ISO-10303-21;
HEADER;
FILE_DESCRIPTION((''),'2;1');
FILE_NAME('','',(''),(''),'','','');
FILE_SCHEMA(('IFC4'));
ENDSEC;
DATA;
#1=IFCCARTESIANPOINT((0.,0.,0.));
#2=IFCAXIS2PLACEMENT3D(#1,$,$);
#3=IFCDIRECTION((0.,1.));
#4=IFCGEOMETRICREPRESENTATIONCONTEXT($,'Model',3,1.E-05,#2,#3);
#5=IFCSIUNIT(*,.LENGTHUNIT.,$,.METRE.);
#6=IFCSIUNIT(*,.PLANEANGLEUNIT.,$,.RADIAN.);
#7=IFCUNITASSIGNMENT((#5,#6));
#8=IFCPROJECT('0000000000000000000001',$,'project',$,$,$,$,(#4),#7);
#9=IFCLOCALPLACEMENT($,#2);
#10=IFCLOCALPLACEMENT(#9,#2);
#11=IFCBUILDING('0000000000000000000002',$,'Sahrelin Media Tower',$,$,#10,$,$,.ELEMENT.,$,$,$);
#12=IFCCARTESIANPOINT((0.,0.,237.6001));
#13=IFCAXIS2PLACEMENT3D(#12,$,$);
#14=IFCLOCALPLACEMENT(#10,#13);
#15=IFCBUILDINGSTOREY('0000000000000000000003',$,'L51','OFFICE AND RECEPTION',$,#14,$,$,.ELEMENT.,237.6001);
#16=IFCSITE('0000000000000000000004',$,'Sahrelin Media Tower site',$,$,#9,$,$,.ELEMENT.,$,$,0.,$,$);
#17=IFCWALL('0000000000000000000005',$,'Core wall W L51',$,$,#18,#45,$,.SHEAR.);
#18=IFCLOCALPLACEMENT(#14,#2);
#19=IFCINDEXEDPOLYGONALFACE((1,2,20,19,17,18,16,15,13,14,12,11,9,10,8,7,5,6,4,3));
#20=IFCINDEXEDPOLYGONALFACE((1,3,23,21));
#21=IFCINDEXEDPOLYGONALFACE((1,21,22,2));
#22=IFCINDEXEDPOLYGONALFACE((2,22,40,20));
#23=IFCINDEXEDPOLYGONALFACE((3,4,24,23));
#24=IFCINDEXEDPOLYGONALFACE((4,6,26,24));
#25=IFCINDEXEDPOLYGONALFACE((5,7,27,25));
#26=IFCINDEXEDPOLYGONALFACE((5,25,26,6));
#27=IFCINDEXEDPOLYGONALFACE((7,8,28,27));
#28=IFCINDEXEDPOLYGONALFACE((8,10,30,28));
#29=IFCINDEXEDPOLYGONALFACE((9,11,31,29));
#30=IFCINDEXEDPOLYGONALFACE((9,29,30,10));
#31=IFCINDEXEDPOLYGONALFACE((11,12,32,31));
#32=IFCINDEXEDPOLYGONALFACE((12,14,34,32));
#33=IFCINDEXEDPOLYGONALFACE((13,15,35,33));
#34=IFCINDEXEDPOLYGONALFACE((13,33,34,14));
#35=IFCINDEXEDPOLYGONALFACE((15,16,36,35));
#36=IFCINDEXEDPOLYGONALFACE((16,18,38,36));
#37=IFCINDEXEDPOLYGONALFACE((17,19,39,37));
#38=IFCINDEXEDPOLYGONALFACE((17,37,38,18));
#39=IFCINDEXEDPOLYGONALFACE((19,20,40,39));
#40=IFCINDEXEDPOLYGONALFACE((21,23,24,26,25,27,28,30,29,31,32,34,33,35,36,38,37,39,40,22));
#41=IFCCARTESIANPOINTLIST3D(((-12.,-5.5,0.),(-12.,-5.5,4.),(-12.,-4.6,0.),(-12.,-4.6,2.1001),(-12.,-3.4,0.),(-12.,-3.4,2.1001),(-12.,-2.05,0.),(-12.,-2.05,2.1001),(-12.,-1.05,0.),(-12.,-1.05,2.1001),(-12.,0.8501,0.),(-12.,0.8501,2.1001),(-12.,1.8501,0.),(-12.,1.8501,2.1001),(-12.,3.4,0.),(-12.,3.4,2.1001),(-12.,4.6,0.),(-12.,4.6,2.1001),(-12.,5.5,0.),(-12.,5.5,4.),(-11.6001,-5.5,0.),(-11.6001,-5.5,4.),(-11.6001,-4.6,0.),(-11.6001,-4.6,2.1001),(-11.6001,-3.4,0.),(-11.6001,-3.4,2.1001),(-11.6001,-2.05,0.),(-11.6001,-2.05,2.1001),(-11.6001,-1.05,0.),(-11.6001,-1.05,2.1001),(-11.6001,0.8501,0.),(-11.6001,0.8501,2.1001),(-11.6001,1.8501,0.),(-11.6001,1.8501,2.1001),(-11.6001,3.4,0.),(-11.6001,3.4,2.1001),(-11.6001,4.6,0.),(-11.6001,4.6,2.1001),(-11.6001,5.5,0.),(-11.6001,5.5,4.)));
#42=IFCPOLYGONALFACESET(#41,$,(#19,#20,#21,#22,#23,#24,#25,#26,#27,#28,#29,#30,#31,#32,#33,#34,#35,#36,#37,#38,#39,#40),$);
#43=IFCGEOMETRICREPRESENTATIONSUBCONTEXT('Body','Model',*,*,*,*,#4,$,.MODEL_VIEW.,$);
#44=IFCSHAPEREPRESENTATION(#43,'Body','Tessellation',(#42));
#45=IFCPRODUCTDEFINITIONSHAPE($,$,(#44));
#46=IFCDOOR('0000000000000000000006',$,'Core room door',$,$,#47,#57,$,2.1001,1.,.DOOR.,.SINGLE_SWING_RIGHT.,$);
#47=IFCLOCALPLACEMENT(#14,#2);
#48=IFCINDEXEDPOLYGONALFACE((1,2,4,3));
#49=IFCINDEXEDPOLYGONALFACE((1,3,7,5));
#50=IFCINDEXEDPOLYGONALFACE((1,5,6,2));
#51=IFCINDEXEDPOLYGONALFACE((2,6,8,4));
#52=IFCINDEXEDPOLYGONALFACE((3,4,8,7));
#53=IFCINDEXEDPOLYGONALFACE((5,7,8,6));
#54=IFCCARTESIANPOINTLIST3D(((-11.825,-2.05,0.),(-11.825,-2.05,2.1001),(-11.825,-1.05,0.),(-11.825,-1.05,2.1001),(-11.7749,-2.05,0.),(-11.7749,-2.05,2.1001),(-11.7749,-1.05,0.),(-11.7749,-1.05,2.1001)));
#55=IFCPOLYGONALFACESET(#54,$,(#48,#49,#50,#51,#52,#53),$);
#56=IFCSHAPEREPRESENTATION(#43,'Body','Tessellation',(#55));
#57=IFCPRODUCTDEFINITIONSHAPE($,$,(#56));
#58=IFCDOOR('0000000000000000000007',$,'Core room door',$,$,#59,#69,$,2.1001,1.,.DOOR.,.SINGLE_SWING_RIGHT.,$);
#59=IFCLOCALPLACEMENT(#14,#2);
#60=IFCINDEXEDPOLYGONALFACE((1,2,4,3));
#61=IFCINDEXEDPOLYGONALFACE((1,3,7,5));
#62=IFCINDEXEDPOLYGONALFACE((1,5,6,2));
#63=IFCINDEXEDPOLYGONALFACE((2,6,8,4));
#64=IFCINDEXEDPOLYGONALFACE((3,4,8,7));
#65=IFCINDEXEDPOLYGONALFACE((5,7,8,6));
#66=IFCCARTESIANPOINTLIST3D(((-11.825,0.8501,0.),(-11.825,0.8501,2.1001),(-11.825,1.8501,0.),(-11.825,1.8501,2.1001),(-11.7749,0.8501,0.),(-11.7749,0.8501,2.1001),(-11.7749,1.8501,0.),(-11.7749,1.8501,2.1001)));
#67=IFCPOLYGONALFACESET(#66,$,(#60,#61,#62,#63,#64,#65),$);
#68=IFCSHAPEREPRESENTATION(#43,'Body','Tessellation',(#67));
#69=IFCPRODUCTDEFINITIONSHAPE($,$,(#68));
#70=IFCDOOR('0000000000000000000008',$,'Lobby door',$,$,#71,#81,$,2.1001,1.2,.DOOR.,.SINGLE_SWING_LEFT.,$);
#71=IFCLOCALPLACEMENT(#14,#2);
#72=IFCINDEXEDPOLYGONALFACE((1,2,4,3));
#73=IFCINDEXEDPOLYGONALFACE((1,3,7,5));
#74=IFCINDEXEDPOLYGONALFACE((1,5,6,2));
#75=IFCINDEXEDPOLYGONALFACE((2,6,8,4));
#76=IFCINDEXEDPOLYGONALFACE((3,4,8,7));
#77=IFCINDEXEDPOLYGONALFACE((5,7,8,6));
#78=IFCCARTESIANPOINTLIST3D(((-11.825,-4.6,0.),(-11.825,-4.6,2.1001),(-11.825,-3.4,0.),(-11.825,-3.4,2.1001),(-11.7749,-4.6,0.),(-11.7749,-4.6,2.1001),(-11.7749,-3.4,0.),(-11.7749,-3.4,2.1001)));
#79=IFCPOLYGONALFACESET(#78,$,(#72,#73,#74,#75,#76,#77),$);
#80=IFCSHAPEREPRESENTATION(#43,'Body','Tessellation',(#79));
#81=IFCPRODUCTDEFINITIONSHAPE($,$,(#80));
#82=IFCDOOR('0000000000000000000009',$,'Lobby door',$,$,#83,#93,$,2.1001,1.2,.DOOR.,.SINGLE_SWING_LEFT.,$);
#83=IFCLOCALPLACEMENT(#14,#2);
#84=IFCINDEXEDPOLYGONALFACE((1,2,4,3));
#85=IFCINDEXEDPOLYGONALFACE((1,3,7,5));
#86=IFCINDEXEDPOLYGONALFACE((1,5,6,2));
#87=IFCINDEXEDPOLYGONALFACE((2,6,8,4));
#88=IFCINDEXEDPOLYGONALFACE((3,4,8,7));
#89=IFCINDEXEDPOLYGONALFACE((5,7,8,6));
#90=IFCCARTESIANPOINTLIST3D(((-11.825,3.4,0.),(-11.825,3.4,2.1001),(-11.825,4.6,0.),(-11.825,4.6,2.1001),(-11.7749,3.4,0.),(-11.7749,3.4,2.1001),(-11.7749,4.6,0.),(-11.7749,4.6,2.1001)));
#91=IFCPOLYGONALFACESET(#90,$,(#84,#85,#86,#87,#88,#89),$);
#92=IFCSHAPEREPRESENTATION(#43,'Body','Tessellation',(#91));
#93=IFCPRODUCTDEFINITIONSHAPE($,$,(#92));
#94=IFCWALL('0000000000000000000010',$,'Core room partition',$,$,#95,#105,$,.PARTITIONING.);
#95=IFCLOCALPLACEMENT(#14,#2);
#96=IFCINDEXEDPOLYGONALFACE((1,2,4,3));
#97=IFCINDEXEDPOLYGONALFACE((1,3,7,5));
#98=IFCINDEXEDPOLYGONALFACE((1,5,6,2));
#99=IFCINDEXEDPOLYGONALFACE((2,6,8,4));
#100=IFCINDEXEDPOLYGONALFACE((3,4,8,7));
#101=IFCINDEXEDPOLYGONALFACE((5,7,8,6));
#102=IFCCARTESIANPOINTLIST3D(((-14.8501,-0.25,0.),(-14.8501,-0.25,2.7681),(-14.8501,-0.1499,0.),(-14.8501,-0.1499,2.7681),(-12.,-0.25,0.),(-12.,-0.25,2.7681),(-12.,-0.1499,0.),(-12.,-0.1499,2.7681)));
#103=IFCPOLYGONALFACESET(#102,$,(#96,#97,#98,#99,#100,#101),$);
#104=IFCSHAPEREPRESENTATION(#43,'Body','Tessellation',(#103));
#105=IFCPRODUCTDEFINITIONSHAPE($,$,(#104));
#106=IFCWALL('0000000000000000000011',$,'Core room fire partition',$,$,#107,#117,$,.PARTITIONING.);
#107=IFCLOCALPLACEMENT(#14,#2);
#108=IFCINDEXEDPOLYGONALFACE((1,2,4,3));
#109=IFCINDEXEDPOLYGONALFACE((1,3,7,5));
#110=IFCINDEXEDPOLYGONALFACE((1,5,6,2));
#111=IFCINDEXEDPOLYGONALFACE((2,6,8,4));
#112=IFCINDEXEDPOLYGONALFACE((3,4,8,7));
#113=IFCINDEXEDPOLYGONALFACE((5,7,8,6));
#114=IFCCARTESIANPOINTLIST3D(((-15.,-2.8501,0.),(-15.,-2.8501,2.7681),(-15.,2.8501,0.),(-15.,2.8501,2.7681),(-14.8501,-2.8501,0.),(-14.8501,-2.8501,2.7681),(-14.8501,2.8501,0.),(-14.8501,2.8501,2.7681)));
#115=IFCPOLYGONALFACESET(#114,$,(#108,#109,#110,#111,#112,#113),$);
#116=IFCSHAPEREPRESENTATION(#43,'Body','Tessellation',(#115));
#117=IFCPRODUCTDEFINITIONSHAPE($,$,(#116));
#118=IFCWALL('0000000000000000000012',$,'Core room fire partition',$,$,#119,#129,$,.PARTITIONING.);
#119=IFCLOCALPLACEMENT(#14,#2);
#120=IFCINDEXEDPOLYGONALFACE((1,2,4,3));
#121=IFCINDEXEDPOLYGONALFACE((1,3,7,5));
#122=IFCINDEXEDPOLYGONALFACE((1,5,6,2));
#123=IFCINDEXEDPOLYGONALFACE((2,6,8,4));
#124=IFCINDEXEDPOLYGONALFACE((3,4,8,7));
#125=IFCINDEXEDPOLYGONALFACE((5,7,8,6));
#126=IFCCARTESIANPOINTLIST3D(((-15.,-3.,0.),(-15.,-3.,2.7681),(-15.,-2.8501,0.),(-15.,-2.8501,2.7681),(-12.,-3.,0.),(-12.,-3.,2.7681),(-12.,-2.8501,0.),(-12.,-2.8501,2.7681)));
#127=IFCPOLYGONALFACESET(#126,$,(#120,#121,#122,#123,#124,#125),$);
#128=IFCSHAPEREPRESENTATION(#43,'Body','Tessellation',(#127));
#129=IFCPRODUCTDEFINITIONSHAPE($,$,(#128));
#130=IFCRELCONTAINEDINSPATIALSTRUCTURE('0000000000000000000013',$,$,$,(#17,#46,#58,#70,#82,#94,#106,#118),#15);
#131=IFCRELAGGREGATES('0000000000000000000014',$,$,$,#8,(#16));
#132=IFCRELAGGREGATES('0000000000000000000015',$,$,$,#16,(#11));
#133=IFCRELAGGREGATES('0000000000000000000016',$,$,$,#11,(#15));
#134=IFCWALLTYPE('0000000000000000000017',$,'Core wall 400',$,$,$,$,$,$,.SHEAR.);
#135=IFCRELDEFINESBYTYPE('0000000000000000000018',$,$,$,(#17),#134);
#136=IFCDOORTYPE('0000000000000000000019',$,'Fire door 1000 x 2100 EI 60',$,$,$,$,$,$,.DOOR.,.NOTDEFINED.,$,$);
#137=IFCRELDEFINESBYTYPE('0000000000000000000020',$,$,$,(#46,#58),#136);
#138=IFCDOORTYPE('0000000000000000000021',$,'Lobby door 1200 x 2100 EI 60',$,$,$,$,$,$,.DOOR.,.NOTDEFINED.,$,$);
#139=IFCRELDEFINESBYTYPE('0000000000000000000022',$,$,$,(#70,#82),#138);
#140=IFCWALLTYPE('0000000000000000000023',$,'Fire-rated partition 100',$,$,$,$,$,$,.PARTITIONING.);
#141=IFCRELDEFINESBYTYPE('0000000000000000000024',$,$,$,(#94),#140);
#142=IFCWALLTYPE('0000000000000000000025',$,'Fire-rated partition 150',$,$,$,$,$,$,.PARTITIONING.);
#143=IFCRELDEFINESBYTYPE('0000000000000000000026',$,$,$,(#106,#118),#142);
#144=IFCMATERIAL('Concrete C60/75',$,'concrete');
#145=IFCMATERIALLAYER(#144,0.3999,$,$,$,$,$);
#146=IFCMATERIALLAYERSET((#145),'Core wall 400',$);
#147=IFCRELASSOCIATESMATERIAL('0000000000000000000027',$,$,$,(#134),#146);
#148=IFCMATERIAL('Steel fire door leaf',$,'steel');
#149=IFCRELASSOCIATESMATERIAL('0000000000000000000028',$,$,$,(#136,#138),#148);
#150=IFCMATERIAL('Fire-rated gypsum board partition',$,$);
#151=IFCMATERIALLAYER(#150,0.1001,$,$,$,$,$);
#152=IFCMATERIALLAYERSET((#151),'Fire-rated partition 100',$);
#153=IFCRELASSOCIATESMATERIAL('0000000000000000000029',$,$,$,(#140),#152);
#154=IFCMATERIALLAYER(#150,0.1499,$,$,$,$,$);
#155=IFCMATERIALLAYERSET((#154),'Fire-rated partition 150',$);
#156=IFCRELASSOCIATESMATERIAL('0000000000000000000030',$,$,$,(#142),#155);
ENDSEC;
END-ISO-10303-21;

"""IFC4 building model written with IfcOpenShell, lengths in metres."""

from ifc_helpers import new_model, si_unit, direction, frame, frame_2d, origin, place, context, subcontext, project, spatial, rectangle, extrude, material, layer, layer_set, type_object, element, fill, save


model = new_model("IFC4")

# Units and contexts
model_context = context("Model", 3, precision=1e-05, world=origin(), true_north=direction((0.0, 1.0)))
body_context = subcontext(model_context, "Body", "Model", "MODEL_VIEW")
ifc_project = project(units=[si_unit("LENGTHUNIT", "METRE"), si_unit("PLANEANGLEUNIT", "RADIAN")], contexts=[model_context])

# Site, building, storey
site_placement = place(None, origin())
site = spatial("IfcSite", under=ifc_project, at=site_placement, Name="Sahrelin Media Tower site", CompositionType="ELEMENT", RefElevation=0.0)
building_placement = place(site_placement, origin())
building = spatial("IfcBuilding", under=site, at=building_placement, Name="Sahrelin Media Tower", CompositionType="ELEMENT")
storey_placement = place(building_placement, frame((0.0, 0.0, 237.6001)))
storey = spatial("IfcBuildingStorey", under=building, at=storey_placement, Name="L51", Description="OFFICE AND RECEPTION", CompositionType="ELEMENT", Elevation=237.6001)

# Wall, openings, doors
ifc_material_1 = material(Name="Concrete C60/75", Category="concrete")
ifc_layer_1 = layer(ifc_material_1, 0.3999)
ifc_layer_set_1 = layer_set([ifc_layer_1], Name="Core wall 400")
wall_type_1 = type_object("IfcWallType", Name="Core wall 400", PredefinedType="SHEAR", material=ifc_layer_set_1)
wall_1_placement = place(storey_placement, frame((-11.8, -5.5, 0.0), z_axis=(0.0, 0.0, 1.0), x_axis=(0.0, 1.0, 0.0)))
wall_1 = element("IfcWall", 1, at=wall_1_placement, inside=storey, type_object=wall_type_1, Name="Core wall W L51", PredefinedType="SHEAR", context=body_context, shape_type="SweptSolid", body=[
    extrude(rectangle(XDim=11.0, YDim=0.3999, at=frame_2d((5.5, 0.0))), origin(), (0.0, 0.0, 1.0), 4.0),
])
opening_1_placement = place(wall_1_placement, frame((3.45, 0.0, 0.0)))
opening_1 = element("IfcOpeningElement", 2, at=opening_1_placement, cuts=wall_1, PredefinedType="OPENING", context=body_context, shape_type="SweptSolid", body=[
    extrude(rectangle(XDim=1.0, YDim=2.1001, at=frame_2d((0.5, 1.05))), frame((0.0, 0.2, 0.0), z_axis=(0.0, -1.0, 0.0), x_axis=(1.0, 0.0, 0.0)), (0.0, 0.0, 1.0), 0.3999),
])
opening_2_placement = place(wall_1_placement, frame((6.3501, 0.0, 0.0)))
opening_2 = element("IfcOpeningElement", 3, at=opening_2_placement, cuts=wall_1, PredefinedType="OPENING", context=body_context, shape_type="SweptSolid", body=[
    extrude(rectangle(XDim=1.0, YDim=2.1001, at=frame_2d((0.5, 1.05))), frame((0.0, 0.2, 0.0), z_axis=(0.0, -1.0, 0.0), x_axis=(1.0, 0.0, 0.0)), (0.0, 0.0, 1.0), 0.3999),
])
opening_3_placement = place(wall_1_placement, frame((0.8999, 0.0, 0.0)))
opening_3 = element("IfcOpeningElement", 4, at=opening_3_placement, cuts=wall_1, PredefinedType="OPENING", context=body_context, shape_type="SweptSolid", body=[
    extrude(rectangle(XDim=1.2, YDim=2.1001, at=frame_2d((0.6001, 1.05))), frame((0.0, 0.2, 0.0), z_axis=(0.0, -1.0, 0.0), x_axis=(1.0, 0.0, 0.0)), (0.0, 0.0, 1.0), 0.3999),
])
opening_4_placement = place(wall_1_placement, frame((8.8999, 0.0, 0.0)))
opening_4 = element("IfcOpeningElement", 5, at=opening_4_placement, cuts=wall_1, PredefinedType="OPENING", context=body_context, shape_type="SweptSolid", body=[
    extrude(rectangle(XDim=1.2, YDim=2.1001, at=frame_2d((0.6001, 1.05))), frame((0.0, 0.2, 0.0), z_axis=(0.0, -1.0, 0.0), x_axis=(1.0, 0.0, 0.0)), (0.0, 0.0, 1.0), 0.3999),
])
ifc_material_2 = material(Name="Steel fire door leaf", Category="steel")
door_type_1 = type_object("IfcDoorType", Name="Fire door 1000 x 2100 EI 60", OperationType="NOTDEFINED", PredefinedType="DOOR", material=ifc_material_2)
door_1_placement = place(opening_1_placement, origin())
door_1 = element("IfcDoor", 6, at=door_1_placement, inside=storey, type_object=door_type_1, Name="Core room door", OperationType="SINGLE_SWING_RIGHT", OverallHeight=2.1001, OverallWidth=1.0, PredefinedType="DOOR", context=body_context, shape_type="SweptSolid", body=[
    extrude(rectangle(XDim=1.0, YDim=2.1001, at=frame_2d((0.5, 1.05))), frame((0.0, 0.0249, 0.0), z_axis=(0.0, -1.0, 0.0), x_axis=(1.0, 0.0, 0.0)), (0.0, 0.0, 1.0), 0.05),
])
fill(opening_1, door_1)
door_2_placement = place(opening_2_placement, origin())
door_2 = element("IfcDoor", 7, at=door_2_placement, inside=storey, type_object=door_type_1, Name="Core room door", OperationType="SINGLE_SWING_RIGHT", OverallHeight=2.1001, OverallWidth=1.0, PredefinedType="DOOR", context=body_context, shape_type="SweptSolid", body=[
    extrude(rectangle(XDim=1.0, YDim=2.1001, at=frame_2d((0.5, 1.05))), frame((0.0, 0.0249, 0.0), z_axis=(0.0, -1.0, 0.0), x_axis=(1.0, 0.0, 0.0)), (0.0, 0.0, 1.0), 0.05),
])
fill(opening_2, door_2)
door_type_2 = type_object("IfcDoorType", Name="Lobby door 1200 x 2100 EI 60", OperationType="NOTDEFINED", PredefinedType="DOOR", material=ifc_material_2)
door_3_placement = place(opening_3_placement, origin())
door_3 = element("IfcDoor", 8, at=door_3_placement, inside=storey, type_object=door_type_2, Name="Lobby door", OperationType="SINGLE_SWING_LEFT", OverallHeight=2.1001, OverallWidth=1.2, PredefinedType="DOOR", context=body_context, shape_type="SweptSolid", body=[
    extrude(rectangle(XDim=1.2, YDim=2.1001, at=frame_2d((0.6001, 1.05))), frame((0.0, 0.0249, 0.0), z_axis=(0.0, -1.0, 0.0), x_axis=(1.0, 0.0, 0.0)), (0.0, 0.0, 1.0), 0.05),
])
fill(opening_3, door_3)
door_4_placement = place(opening_4_placement, origin())
door_4 = element("IfcDoor", 9, at=door_4_placement, inside=storey, type_object=door_type_2, Name="Lobby door", OperationType="SINGLE_SWING_LEFT", OverallHeight=2.1001, OverallWidth=1.2, PredefinedType="DOOR", context=body_context, shape_type="SweptSolid", body=[
    extrude(rectangle(XDim=1.2, YDim=2.1001, at=frame_2d((0.6001, 1.05))), frame((0.0, 0.0249, 0.0), z_axis=(0.0, -1.0, 0.0), x_axis=(1.0, 0.0, 0.0)), (0.0, 0.0, 1.0), 0.05),
])
fill(opening_4, door_4)

# Walls
ifc_material_3 = material(Name="Fire-rated gypsum board partition")
ifc_layer_2 = layer(ifc_material_3, 0.1001)
ifc_layer_set_2 = layer_set([ifc_layer_2], Name="Fire-rated partition 100")
wall_type_2 = type_object("IfcWallType", Name="Fire-rated partition 100", PredefinedType="PARTITIONING", material=ifc_layer_set_2)
wall_2_placement = place(storey_placement, frame((-14.8501, -0.2, 0.0), z_axis=(0.0, 0.0, 1.0), x_axis=(1.0, 0.0, 0.0)))
element("IfcWall", 10, at=wall_2_placement, inside=storey, type_object=wall_type_2, Name="Core room partition", PredefinedType="PARTITIONING", context=body_context, shape_type="SweptSolid", body=[
    extrude(rectangle(XDim=2.8501, YDim=0.1001, at=frame_2d((1.425, 0.0))), origin(), (0.0, 0.0, 1.0), 2.7681),
])
ifc_layer_3 = layer(ifc_material_3, 0.1499)
ifc_layer_set_3 = layer_set([ifc_layer_3], Name="Fire-rated partition 150")
wall_type_3 = type_object("IfcWallType", Name="Fire-rated partition 150", PredefinedType="PARTITIONING", material=ifc_layer_set_3)
wall_3_placement = place(storey_placement, frame((-14.925, -2.8501, 0.0), z_axis=(0.0, 0.0, 1.0), x_axis=(0.0, 1.0, 0.0)))
element("IfcWall", 11, at=wall_3_placement, inside=storey, type_object=wall_type_3, Name="Core room fire partition", PredefinedType="PARTITIONING", context=body_context, shape_type="SweptSolid", body=[
    extrude(rectangle(XDim=5.7002, YDim=0.1499, at=frame_2d((2.8501, 0.0))), origin(), (0.0, 0.0, 1.0), 2.7681),
])
wall_4_placement = place(storey_placement, frame((-15.0, -2.925, 0.0), z_axis=(0.0, 0.0, 1.0), x_axis=(1.0, 0.0, 0.0)))
element("IfcWall", 12, at=wall_4_placement, inside=storey, type_object=wall_type_3, Name="Core room fire partition", PredefinedType="PARTITIONING", context=body_context, shape_type="SweptSolid", body=[
    extrude(rectangle(XDim=3.0, YDim=0.1499, at=frame_2d((1.5, 0.0))), origin(), (0.0, 0.0, 1.0), 2.7681),
])

save(model, "model.ifc")
